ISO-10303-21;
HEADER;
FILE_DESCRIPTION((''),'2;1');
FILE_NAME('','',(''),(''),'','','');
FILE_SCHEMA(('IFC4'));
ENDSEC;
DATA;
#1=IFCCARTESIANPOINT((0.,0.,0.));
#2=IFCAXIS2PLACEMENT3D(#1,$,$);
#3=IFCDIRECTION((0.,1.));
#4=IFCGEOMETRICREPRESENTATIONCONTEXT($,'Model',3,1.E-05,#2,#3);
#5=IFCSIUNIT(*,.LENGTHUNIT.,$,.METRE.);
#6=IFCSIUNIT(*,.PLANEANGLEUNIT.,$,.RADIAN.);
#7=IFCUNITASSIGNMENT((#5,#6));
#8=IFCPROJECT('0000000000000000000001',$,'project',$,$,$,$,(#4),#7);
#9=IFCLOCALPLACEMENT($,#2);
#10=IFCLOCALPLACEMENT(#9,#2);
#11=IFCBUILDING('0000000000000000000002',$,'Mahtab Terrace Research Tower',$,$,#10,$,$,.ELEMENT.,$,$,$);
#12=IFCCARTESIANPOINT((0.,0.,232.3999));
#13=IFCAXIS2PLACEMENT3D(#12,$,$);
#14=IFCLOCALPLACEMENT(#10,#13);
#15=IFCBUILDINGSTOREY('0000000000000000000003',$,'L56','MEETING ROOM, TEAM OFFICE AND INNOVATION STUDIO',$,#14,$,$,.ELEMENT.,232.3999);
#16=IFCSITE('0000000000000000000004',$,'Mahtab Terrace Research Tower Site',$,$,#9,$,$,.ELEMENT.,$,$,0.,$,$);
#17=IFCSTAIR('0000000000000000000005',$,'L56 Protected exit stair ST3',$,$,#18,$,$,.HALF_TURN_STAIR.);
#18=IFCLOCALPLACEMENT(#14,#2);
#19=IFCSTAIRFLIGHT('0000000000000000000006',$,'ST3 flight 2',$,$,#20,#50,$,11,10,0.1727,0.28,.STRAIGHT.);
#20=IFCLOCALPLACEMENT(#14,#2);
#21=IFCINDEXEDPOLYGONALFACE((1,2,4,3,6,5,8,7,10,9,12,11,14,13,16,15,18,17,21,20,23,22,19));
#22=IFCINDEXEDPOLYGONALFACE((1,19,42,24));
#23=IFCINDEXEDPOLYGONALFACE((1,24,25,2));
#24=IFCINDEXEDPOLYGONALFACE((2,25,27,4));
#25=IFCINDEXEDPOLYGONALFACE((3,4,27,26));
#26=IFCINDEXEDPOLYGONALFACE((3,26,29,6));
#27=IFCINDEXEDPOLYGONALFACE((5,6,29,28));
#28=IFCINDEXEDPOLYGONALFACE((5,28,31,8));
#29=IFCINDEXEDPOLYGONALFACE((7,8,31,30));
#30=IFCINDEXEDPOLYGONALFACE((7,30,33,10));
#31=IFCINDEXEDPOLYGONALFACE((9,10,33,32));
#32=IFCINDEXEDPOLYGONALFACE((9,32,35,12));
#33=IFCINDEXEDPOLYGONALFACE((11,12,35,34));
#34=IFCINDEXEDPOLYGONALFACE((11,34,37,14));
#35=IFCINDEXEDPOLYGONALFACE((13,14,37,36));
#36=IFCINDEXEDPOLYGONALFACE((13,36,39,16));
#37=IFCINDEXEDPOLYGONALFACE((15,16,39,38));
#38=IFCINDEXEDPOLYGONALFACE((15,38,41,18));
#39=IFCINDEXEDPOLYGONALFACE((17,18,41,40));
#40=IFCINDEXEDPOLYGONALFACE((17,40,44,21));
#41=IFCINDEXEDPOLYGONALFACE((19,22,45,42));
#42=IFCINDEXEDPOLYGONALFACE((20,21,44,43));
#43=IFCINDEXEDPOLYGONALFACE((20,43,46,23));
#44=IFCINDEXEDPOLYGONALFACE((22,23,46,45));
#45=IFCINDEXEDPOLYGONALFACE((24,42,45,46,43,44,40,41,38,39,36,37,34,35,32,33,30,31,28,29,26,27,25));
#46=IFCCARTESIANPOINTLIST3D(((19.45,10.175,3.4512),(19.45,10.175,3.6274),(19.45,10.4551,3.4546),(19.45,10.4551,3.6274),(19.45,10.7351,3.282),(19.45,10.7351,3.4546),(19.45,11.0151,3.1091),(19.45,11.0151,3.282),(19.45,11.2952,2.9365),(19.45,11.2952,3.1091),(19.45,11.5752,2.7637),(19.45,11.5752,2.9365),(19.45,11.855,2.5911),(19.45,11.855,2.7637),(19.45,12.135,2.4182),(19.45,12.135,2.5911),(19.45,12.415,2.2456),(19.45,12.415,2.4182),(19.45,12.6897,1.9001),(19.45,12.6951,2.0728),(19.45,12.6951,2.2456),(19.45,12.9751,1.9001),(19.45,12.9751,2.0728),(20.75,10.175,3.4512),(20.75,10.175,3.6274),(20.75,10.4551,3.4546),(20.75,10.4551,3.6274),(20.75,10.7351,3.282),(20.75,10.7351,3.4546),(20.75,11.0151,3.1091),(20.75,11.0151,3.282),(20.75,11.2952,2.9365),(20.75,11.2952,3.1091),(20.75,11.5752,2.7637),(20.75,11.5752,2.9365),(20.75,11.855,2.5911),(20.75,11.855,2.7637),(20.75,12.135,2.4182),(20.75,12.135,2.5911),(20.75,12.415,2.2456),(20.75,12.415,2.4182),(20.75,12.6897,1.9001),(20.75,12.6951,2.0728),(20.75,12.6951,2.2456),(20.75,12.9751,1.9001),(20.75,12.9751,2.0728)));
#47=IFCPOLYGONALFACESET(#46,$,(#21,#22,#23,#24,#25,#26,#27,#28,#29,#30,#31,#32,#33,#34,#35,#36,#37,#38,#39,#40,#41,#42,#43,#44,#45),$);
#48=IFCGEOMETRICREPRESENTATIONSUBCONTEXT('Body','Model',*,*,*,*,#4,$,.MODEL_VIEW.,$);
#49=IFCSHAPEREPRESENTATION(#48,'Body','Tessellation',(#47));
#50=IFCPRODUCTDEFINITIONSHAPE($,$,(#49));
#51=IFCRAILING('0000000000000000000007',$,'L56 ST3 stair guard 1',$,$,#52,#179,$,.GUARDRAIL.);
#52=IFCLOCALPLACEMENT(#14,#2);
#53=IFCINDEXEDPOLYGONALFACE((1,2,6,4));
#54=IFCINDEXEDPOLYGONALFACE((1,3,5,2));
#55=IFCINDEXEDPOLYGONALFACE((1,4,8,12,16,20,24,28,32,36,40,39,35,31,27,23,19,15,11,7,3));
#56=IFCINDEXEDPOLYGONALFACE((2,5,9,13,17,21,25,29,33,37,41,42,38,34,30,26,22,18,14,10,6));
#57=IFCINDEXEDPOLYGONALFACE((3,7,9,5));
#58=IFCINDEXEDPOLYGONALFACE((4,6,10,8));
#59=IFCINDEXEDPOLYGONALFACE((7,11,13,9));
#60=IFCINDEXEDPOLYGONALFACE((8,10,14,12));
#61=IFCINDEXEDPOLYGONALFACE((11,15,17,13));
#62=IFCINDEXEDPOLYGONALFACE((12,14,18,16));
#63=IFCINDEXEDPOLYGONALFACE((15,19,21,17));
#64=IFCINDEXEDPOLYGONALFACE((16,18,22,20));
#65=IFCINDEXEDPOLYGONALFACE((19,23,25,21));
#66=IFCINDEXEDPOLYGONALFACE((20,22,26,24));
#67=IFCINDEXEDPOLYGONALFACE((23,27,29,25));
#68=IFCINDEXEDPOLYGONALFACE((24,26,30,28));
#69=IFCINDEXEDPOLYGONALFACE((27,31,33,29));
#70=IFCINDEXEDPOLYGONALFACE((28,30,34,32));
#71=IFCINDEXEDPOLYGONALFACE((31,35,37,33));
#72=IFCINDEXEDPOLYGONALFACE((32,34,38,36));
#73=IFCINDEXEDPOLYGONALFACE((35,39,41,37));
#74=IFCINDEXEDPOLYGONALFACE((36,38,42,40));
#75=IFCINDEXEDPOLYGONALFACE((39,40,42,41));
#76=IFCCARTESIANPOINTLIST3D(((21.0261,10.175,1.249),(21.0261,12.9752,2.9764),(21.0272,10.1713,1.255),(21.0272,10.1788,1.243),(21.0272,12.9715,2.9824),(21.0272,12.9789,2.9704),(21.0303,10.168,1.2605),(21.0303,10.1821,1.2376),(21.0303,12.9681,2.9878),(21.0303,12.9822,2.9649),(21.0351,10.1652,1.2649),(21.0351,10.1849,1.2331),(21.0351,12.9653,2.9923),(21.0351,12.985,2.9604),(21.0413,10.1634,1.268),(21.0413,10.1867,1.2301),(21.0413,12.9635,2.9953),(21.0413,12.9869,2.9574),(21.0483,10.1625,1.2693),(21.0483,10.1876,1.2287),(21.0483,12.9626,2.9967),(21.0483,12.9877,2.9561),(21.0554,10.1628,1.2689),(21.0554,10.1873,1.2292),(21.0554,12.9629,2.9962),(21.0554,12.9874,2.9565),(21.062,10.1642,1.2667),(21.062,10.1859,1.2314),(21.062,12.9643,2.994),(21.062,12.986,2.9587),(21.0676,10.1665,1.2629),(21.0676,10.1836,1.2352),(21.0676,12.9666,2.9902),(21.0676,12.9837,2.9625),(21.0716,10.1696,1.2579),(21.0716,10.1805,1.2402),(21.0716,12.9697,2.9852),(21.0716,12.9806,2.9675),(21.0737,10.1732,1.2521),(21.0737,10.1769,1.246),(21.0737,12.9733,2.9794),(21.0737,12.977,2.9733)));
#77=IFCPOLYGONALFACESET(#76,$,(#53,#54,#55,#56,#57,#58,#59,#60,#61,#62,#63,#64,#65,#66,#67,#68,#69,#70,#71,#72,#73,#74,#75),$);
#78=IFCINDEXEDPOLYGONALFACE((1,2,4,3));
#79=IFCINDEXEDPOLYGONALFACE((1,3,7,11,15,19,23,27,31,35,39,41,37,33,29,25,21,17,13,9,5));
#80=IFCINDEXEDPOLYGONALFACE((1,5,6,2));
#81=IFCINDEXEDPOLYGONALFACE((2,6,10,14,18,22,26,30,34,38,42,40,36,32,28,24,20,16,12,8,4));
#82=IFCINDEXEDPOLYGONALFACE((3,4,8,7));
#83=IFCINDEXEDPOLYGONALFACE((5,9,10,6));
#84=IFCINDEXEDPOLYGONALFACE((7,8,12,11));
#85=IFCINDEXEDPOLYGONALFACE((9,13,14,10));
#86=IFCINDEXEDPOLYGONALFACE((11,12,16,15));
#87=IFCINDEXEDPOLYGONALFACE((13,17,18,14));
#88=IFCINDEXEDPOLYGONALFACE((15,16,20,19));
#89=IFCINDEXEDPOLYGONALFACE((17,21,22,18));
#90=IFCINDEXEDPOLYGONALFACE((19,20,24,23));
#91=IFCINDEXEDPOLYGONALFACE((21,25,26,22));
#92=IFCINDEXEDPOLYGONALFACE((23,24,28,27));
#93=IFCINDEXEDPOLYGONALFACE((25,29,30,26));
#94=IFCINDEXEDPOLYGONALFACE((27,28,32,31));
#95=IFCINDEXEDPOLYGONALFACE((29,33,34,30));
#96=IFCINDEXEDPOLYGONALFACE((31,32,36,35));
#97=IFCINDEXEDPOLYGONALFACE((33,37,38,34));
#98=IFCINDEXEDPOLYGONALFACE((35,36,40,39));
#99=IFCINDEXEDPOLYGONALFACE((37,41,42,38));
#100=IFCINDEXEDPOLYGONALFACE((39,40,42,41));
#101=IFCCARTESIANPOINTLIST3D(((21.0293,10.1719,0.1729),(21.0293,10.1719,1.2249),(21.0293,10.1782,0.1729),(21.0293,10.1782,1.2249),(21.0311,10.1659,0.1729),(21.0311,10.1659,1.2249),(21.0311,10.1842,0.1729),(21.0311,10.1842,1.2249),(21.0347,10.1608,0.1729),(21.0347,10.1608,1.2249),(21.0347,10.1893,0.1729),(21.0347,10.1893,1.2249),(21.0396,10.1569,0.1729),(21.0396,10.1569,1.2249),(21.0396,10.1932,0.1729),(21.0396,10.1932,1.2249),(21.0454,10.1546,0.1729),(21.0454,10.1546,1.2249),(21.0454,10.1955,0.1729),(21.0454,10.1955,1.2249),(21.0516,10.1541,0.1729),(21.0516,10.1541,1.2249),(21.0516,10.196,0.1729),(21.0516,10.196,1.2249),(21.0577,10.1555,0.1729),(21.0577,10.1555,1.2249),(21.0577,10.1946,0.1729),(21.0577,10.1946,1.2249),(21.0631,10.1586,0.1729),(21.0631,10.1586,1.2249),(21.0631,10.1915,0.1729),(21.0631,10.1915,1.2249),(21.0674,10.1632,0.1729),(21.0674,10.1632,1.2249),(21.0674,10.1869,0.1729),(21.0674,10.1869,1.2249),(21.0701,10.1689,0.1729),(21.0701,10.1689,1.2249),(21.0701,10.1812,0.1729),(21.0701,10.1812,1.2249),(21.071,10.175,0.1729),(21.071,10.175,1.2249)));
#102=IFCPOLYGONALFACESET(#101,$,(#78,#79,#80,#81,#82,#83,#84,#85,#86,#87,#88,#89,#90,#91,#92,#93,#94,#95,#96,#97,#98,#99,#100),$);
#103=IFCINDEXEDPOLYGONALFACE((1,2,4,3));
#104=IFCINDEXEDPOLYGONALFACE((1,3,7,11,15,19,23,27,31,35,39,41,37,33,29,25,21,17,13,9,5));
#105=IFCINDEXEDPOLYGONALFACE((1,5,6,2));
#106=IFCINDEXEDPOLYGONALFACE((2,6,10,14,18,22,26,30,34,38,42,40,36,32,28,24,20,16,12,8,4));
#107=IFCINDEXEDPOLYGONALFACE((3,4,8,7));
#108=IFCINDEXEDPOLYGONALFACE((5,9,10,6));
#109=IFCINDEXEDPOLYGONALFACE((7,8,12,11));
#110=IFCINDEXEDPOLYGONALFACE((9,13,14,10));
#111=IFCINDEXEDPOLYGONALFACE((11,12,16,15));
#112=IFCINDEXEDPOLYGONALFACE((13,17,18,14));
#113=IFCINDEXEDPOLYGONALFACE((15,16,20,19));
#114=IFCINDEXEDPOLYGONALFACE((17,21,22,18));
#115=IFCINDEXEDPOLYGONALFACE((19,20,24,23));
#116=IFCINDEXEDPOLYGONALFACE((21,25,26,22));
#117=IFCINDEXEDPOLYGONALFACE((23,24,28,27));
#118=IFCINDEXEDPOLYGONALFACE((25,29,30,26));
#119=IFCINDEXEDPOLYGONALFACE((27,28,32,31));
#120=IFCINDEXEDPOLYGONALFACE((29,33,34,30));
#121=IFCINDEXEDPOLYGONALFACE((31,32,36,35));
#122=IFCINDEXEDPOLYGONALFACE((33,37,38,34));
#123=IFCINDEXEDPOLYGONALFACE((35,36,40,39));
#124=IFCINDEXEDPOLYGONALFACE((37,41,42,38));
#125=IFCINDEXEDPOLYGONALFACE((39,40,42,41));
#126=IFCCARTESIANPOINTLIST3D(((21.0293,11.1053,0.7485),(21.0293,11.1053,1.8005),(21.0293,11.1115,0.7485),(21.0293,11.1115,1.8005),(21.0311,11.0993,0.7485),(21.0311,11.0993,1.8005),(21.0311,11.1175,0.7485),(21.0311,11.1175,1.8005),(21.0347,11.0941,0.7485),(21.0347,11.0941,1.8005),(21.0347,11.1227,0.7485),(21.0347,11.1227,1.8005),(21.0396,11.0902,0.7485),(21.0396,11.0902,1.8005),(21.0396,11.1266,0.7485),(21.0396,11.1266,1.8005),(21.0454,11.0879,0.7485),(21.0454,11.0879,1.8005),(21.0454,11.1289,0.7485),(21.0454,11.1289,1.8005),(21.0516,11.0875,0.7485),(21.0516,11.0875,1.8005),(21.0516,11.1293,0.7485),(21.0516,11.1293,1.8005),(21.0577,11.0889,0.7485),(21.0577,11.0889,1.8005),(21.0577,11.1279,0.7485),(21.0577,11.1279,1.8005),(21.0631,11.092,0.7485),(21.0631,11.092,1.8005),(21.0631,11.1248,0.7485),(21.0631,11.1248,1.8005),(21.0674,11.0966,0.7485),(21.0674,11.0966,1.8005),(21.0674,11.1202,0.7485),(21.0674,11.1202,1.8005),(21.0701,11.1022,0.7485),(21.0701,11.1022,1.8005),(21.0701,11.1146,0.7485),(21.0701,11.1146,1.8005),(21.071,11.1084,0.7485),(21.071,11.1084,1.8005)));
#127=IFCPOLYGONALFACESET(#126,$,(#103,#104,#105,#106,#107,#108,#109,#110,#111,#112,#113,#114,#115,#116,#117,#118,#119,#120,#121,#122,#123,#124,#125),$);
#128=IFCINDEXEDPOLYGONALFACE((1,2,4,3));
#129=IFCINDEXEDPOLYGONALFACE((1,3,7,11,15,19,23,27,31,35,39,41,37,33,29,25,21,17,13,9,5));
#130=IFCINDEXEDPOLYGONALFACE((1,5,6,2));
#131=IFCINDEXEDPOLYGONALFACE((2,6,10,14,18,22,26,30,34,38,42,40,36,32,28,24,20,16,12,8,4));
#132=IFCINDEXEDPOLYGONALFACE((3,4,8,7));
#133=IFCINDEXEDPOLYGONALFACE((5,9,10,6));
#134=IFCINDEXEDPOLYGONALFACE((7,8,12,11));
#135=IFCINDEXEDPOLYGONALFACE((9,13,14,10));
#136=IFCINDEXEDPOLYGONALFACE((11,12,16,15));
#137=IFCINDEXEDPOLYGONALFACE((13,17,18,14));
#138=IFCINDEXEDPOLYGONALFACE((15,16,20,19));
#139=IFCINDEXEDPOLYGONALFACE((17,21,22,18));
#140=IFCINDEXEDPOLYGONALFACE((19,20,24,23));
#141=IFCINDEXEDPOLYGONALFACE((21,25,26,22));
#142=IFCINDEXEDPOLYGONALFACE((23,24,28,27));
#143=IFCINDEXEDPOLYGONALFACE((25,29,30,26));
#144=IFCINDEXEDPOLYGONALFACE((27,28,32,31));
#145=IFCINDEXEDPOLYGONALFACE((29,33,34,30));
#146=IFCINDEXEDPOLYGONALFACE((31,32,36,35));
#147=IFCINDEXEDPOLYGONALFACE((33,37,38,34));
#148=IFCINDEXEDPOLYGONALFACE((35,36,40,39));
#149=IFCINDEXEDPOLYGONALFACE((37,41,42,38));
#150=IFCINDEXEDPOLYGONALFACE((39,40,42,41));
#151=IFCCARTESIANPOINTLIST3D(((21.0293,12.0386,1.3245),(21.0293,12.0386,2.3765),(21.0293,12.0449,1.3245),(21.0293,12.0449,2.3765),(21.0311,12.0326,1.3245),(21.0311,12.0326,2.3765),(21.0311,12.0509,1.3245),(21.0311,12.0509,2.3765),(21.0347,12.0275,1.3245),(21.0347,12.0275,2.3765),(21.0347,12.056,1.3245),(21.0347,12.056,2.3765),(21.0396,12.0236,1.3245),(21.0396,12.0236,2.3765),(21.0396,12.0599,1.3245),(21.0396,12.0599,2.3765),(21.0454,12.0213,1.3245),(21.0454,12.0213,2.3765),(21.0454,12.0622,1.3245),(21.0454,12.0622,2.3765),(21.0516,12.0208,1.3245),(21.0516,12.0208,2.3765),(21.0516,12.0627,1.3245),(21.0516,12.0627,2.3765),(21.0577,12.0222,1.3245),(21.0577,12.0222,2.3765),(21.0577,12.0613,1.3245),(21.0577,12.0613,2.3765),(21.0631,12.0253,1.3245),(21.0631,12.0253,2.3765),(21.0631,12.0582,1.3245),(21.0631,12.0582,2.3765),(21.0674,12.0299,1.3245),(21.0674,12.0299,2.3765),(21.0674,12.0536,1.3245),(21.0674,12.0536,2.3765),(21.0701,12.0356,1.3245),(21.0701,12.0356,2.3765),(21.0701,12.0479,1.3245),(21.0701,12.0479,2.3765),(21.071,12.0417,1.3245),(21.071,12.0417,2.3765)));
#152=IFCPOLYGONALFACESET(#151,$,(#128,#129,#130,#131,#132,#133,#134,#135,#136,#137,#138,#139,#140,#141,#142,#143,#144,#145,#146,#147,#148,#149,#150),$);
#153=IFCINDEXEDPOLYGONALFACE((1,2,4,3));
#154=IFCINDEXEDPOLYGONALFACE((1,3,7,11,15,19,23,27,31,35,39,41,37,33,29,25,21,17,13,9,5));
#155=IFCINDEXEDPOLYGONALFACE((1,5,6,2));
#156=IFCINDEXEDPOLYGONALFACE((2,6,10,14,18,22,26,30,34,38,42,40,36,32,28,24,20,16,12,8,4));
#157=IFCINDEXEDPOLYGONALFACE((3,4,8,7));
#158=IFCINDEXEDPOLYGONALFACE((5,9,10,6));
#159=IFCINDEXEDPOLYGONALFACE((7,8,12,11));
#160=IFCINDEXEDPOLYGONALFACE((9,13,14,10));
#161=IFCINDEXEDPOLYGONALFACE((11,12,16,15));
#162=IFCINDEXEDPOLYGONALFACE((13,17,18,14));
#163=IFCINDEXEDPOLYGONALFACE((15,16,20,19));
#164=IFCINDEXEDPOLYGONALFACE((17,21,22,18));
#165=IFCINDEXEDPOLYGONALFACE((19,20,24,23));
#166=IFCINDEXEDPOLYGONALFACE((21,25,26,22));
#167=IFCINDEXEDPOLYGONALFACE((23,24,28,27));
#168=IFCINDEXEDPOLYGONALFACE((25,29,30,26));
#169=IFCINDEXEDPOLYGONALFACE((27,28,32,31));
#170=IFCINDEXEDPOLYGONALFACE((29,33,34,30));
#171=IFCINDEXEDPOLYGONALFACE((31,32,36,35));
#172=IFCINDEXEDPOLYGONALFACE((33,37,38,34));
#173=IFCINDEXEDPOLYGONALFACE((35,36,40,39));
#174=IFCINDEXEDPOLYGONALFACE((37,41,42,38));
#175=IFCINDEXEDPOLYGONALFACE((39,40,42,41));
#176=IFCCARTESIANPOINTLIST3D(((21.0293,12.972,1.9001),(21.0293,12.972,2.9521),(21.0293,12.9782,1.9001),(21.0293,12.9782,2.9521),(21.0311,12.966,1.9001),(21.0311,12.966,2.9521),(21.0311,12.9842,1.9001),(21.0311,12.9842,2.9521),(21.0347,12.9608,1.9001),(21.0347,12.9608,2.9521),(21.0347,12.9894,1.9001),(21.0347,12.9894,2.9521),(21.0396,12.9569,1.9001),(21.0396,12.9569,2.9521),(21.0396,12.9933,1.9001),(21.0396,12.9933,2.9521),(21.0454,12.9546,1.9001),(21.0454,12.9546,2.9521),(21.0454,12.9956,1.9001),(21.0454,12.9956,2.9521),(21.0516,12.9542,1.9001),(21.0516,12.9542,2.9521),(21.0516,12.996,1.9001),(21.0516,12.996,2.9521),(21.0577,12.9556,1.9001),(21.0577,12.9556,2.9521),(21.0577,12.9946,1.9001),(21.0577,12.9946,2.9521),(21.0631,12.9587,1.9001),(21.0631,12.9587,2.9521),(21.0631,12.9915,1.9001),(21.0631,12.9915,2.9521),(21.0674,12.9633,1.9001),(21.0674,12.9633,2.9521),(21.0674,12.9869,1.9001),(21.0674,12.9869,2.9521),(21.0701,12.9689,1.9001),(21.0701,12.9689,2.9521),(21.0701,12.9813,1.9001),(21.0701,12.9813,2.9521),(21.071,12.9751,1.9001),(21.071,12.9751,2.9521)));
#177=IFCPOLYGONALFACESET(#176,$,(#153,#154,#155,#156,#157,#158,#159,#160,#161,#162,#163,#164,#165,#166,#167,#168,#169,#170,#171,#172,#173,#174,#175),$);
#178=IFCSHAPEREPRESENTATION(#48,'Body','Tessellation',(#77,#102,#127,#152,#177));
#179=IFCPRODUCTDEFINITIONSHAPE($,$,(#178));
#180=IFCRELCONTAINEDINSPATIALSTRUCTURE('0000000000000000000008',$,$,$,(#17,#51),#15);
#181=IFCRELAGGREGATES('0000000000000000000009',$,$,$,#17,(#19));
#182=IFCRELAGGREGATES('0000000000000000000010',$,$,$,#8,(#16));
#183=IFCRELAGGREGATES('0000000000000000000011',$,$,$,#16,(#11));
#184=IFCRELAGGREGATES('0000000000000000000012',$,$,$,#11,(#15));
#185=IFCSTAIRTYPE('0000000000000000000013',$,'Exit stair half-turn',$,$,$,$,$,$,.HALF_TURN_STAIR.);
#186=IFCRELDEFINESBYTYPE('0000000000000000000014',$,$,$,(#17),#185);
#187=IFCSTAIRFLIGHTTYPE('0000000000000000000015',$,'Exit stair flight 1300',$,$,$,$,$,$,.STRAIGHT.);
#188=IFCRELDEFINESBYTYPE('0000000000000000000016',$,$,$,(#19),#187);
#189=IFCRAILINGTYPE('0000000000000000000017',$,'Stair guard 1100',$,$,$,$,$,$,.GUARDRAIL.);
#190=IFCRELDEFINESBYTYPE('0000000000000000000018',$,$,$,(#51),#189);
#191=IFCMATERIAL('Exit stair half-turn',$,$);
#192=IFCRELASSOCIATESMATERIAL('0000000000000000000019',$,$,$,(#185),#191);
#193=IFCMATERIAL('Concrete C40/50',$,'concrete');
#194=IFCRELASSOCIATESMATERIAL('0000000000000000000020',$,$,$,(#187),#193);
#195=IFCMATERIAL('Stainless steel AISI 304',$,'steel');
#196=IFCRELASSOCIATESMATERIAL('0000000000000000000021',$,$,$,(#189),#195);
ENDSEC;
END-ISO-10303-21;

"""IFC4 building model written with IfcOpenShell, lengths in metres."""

from ifc_helpers import new_model, si_unit, direction, frame, origin, origin_2d, place, context, subcontext, project, spatial, polyline, circle, outline, extrude, material, type_object, element, aggregate, save


model = new_model("IFC4")

# Units and contexts
model_context = context("Model", 3, precision=1e-05, world=origin(), true_north=direction((0.0, 1.0)))
body_context = subcontext(model_context, "Body", "Model", "MODEL_VIEW")
ifc_project = project(units=[si_unit("LENGTHUNIT", "METRE"), si_unit("PLANEANGLEUNIT", "RADIAN")], contexts=[model_context])

# Site, building, storey
site_placement = place(None, origin())
site = spatial("IfcSite", under=ifc_project, at=site_placement, Name="Mahtab Terrace Research Tower Site", CompositionType="ELEMENT", RefElevation=0.0)
building_placement = place(site_placement, origin())
building = spatial("IfcBuilding", under=site, at=building_placement, Name="Mahtab Terrace Research Tower", CompositionType="ELEMENT")
storey_placement = place(building_placement, frame((0.0, 0.0, 232.3999)))
storey = spatial("IfcBuildingStorey", under=building, at=storey_placement, Name="L56", Description="MEETING ROOM, TEAM OFFICE AND INNOVATION STUDIO", CompositionType="ELEMENT", Elevation=232.3999)

# Shared definitions
ifc_material_1 = material(Name="Stainless steel AISI 304", Category="steel")

# Stair, stair flight
ifc_material_2 = material(Name="Exit stair half-turn")
stair_type = type_object("IfcStairType", Name="Exit stair half-turn", PredefinedType="HALF_TURN_STAIR", material=ifc_material_2)
stair_placement = place(storey_placement, origin())
stair = element("IfcStair", 1, at=stair_placement, inside=storey, type_object=stair_type, Name="L56 Protected exit stair ST3", PredefinedType="HALF_TURN_STAIR")
ifc_material_3 = material(Name="Concrete C40/50", Category="concrete")
stair_flight_type = type_object("IfcStairFlightType", Name="Exit stair flight 1300", PredefinedType="STRAIGHT", material=ifc_material_3)
stair_flight_1_placement = place(storey_placement, frame((20.1001, 12.9751, 1.9001), z_axis=(0.0, 0.0, 1.0), x_axis=(0.0, -1.0, 0.0)))
stair_flight_1 = element("IfcStairFlight", 2, at=stair_flight_1_placement, type_object=stair_flight_type, Name="ST3 flight 2", NumberOfRisers=11, NumberOfTreads=10, PredefinedType="STRAIGHT", RiserHeight=0.1727, TreadLength=0.28, context=body_context, shape_type="SweptSolid", body=[
    extrude(outline(polyline([(0.0, 0.0), (0.0, 0.1726), (0.28, 0.1726), (0.28, 0.3455), (0.5601, 0.3455), (0.5601, 0.5181), (0.8401, 0.5181), (0.8401, 0.6909), (1.1201, 0.6909), (1.1201, 0.8635), (1.3999, 0.8635), (1.3999, 1.0364), (1.6799, 1.0364), (1.6799, 1.209), (1.96, 1.209), (1.96, 1.3818), (2.24, 1.3818), (2.24, 1.5544), (2.52, 1.5544), (2.52, 1.7273), (2.8, 1.7273), (2.8, 1.8999), (2.8, 1.551), (0.2854, 0.0), (0.0, 0.0)])), frame((0.0, 0.6499, 0.0), z_axis=(0.0, -1.0, 0.0), x_axis=(1.0, 0.0, 0.0)), (0.0, 0.0, 1.0), 1.3),
])
aggregate(stair, [stair_flight_1])

# Railing
railing_type_1 = type_object("IfcRailingType", Name="Stair guard 1100", PredefinedType="GUARDRAIL", material=ifc_material_1)
railing_1_placement = place(storey_placement, frame((21.05, 10.175, 0.1729)))
element("IfcRailing", 3, at=railing_1_placement, inside=storey, type_object=railing_type_1, Name="L56 ST3 stair guard 1", PredefinedType="GUARDRAIL", context=body_context, shape_type="SweptSolid", body=[
    extrude(circle(Radius=0.0239, at=origin_2d()), frame((0.0, 0.0, 1.0762), z_axis=(0.0, 0.85109, 0.52502), x_axis=(-1.0, 0.0, 0.0)), (0.0, 0.0, 1.0), 3.29),
    extrude(circle(Radius=0.021, at=origin_2d()), origin(), (0.0, 0.0, 1.0), 1.052),
    extrude(circle(Radius=0.021, at=origin_2d()), frame((0.0, 0.9333, 0.5757)), (0.0, 0.0, 1.0), 1.052),
    extrude(circle(Radius=0.021, at=origin_2d()), frame((0.0, 1.8667, 1.1516)), (0.0, 0.0, 1.0), 1.052),
    extrude(circle(Radius=0.021, at=origin_2d()), frame((0.0, 2.8, 1.7273)), (0.0, 0.0, 1.0), 1.052),
])

save(model, "model.ifc")
